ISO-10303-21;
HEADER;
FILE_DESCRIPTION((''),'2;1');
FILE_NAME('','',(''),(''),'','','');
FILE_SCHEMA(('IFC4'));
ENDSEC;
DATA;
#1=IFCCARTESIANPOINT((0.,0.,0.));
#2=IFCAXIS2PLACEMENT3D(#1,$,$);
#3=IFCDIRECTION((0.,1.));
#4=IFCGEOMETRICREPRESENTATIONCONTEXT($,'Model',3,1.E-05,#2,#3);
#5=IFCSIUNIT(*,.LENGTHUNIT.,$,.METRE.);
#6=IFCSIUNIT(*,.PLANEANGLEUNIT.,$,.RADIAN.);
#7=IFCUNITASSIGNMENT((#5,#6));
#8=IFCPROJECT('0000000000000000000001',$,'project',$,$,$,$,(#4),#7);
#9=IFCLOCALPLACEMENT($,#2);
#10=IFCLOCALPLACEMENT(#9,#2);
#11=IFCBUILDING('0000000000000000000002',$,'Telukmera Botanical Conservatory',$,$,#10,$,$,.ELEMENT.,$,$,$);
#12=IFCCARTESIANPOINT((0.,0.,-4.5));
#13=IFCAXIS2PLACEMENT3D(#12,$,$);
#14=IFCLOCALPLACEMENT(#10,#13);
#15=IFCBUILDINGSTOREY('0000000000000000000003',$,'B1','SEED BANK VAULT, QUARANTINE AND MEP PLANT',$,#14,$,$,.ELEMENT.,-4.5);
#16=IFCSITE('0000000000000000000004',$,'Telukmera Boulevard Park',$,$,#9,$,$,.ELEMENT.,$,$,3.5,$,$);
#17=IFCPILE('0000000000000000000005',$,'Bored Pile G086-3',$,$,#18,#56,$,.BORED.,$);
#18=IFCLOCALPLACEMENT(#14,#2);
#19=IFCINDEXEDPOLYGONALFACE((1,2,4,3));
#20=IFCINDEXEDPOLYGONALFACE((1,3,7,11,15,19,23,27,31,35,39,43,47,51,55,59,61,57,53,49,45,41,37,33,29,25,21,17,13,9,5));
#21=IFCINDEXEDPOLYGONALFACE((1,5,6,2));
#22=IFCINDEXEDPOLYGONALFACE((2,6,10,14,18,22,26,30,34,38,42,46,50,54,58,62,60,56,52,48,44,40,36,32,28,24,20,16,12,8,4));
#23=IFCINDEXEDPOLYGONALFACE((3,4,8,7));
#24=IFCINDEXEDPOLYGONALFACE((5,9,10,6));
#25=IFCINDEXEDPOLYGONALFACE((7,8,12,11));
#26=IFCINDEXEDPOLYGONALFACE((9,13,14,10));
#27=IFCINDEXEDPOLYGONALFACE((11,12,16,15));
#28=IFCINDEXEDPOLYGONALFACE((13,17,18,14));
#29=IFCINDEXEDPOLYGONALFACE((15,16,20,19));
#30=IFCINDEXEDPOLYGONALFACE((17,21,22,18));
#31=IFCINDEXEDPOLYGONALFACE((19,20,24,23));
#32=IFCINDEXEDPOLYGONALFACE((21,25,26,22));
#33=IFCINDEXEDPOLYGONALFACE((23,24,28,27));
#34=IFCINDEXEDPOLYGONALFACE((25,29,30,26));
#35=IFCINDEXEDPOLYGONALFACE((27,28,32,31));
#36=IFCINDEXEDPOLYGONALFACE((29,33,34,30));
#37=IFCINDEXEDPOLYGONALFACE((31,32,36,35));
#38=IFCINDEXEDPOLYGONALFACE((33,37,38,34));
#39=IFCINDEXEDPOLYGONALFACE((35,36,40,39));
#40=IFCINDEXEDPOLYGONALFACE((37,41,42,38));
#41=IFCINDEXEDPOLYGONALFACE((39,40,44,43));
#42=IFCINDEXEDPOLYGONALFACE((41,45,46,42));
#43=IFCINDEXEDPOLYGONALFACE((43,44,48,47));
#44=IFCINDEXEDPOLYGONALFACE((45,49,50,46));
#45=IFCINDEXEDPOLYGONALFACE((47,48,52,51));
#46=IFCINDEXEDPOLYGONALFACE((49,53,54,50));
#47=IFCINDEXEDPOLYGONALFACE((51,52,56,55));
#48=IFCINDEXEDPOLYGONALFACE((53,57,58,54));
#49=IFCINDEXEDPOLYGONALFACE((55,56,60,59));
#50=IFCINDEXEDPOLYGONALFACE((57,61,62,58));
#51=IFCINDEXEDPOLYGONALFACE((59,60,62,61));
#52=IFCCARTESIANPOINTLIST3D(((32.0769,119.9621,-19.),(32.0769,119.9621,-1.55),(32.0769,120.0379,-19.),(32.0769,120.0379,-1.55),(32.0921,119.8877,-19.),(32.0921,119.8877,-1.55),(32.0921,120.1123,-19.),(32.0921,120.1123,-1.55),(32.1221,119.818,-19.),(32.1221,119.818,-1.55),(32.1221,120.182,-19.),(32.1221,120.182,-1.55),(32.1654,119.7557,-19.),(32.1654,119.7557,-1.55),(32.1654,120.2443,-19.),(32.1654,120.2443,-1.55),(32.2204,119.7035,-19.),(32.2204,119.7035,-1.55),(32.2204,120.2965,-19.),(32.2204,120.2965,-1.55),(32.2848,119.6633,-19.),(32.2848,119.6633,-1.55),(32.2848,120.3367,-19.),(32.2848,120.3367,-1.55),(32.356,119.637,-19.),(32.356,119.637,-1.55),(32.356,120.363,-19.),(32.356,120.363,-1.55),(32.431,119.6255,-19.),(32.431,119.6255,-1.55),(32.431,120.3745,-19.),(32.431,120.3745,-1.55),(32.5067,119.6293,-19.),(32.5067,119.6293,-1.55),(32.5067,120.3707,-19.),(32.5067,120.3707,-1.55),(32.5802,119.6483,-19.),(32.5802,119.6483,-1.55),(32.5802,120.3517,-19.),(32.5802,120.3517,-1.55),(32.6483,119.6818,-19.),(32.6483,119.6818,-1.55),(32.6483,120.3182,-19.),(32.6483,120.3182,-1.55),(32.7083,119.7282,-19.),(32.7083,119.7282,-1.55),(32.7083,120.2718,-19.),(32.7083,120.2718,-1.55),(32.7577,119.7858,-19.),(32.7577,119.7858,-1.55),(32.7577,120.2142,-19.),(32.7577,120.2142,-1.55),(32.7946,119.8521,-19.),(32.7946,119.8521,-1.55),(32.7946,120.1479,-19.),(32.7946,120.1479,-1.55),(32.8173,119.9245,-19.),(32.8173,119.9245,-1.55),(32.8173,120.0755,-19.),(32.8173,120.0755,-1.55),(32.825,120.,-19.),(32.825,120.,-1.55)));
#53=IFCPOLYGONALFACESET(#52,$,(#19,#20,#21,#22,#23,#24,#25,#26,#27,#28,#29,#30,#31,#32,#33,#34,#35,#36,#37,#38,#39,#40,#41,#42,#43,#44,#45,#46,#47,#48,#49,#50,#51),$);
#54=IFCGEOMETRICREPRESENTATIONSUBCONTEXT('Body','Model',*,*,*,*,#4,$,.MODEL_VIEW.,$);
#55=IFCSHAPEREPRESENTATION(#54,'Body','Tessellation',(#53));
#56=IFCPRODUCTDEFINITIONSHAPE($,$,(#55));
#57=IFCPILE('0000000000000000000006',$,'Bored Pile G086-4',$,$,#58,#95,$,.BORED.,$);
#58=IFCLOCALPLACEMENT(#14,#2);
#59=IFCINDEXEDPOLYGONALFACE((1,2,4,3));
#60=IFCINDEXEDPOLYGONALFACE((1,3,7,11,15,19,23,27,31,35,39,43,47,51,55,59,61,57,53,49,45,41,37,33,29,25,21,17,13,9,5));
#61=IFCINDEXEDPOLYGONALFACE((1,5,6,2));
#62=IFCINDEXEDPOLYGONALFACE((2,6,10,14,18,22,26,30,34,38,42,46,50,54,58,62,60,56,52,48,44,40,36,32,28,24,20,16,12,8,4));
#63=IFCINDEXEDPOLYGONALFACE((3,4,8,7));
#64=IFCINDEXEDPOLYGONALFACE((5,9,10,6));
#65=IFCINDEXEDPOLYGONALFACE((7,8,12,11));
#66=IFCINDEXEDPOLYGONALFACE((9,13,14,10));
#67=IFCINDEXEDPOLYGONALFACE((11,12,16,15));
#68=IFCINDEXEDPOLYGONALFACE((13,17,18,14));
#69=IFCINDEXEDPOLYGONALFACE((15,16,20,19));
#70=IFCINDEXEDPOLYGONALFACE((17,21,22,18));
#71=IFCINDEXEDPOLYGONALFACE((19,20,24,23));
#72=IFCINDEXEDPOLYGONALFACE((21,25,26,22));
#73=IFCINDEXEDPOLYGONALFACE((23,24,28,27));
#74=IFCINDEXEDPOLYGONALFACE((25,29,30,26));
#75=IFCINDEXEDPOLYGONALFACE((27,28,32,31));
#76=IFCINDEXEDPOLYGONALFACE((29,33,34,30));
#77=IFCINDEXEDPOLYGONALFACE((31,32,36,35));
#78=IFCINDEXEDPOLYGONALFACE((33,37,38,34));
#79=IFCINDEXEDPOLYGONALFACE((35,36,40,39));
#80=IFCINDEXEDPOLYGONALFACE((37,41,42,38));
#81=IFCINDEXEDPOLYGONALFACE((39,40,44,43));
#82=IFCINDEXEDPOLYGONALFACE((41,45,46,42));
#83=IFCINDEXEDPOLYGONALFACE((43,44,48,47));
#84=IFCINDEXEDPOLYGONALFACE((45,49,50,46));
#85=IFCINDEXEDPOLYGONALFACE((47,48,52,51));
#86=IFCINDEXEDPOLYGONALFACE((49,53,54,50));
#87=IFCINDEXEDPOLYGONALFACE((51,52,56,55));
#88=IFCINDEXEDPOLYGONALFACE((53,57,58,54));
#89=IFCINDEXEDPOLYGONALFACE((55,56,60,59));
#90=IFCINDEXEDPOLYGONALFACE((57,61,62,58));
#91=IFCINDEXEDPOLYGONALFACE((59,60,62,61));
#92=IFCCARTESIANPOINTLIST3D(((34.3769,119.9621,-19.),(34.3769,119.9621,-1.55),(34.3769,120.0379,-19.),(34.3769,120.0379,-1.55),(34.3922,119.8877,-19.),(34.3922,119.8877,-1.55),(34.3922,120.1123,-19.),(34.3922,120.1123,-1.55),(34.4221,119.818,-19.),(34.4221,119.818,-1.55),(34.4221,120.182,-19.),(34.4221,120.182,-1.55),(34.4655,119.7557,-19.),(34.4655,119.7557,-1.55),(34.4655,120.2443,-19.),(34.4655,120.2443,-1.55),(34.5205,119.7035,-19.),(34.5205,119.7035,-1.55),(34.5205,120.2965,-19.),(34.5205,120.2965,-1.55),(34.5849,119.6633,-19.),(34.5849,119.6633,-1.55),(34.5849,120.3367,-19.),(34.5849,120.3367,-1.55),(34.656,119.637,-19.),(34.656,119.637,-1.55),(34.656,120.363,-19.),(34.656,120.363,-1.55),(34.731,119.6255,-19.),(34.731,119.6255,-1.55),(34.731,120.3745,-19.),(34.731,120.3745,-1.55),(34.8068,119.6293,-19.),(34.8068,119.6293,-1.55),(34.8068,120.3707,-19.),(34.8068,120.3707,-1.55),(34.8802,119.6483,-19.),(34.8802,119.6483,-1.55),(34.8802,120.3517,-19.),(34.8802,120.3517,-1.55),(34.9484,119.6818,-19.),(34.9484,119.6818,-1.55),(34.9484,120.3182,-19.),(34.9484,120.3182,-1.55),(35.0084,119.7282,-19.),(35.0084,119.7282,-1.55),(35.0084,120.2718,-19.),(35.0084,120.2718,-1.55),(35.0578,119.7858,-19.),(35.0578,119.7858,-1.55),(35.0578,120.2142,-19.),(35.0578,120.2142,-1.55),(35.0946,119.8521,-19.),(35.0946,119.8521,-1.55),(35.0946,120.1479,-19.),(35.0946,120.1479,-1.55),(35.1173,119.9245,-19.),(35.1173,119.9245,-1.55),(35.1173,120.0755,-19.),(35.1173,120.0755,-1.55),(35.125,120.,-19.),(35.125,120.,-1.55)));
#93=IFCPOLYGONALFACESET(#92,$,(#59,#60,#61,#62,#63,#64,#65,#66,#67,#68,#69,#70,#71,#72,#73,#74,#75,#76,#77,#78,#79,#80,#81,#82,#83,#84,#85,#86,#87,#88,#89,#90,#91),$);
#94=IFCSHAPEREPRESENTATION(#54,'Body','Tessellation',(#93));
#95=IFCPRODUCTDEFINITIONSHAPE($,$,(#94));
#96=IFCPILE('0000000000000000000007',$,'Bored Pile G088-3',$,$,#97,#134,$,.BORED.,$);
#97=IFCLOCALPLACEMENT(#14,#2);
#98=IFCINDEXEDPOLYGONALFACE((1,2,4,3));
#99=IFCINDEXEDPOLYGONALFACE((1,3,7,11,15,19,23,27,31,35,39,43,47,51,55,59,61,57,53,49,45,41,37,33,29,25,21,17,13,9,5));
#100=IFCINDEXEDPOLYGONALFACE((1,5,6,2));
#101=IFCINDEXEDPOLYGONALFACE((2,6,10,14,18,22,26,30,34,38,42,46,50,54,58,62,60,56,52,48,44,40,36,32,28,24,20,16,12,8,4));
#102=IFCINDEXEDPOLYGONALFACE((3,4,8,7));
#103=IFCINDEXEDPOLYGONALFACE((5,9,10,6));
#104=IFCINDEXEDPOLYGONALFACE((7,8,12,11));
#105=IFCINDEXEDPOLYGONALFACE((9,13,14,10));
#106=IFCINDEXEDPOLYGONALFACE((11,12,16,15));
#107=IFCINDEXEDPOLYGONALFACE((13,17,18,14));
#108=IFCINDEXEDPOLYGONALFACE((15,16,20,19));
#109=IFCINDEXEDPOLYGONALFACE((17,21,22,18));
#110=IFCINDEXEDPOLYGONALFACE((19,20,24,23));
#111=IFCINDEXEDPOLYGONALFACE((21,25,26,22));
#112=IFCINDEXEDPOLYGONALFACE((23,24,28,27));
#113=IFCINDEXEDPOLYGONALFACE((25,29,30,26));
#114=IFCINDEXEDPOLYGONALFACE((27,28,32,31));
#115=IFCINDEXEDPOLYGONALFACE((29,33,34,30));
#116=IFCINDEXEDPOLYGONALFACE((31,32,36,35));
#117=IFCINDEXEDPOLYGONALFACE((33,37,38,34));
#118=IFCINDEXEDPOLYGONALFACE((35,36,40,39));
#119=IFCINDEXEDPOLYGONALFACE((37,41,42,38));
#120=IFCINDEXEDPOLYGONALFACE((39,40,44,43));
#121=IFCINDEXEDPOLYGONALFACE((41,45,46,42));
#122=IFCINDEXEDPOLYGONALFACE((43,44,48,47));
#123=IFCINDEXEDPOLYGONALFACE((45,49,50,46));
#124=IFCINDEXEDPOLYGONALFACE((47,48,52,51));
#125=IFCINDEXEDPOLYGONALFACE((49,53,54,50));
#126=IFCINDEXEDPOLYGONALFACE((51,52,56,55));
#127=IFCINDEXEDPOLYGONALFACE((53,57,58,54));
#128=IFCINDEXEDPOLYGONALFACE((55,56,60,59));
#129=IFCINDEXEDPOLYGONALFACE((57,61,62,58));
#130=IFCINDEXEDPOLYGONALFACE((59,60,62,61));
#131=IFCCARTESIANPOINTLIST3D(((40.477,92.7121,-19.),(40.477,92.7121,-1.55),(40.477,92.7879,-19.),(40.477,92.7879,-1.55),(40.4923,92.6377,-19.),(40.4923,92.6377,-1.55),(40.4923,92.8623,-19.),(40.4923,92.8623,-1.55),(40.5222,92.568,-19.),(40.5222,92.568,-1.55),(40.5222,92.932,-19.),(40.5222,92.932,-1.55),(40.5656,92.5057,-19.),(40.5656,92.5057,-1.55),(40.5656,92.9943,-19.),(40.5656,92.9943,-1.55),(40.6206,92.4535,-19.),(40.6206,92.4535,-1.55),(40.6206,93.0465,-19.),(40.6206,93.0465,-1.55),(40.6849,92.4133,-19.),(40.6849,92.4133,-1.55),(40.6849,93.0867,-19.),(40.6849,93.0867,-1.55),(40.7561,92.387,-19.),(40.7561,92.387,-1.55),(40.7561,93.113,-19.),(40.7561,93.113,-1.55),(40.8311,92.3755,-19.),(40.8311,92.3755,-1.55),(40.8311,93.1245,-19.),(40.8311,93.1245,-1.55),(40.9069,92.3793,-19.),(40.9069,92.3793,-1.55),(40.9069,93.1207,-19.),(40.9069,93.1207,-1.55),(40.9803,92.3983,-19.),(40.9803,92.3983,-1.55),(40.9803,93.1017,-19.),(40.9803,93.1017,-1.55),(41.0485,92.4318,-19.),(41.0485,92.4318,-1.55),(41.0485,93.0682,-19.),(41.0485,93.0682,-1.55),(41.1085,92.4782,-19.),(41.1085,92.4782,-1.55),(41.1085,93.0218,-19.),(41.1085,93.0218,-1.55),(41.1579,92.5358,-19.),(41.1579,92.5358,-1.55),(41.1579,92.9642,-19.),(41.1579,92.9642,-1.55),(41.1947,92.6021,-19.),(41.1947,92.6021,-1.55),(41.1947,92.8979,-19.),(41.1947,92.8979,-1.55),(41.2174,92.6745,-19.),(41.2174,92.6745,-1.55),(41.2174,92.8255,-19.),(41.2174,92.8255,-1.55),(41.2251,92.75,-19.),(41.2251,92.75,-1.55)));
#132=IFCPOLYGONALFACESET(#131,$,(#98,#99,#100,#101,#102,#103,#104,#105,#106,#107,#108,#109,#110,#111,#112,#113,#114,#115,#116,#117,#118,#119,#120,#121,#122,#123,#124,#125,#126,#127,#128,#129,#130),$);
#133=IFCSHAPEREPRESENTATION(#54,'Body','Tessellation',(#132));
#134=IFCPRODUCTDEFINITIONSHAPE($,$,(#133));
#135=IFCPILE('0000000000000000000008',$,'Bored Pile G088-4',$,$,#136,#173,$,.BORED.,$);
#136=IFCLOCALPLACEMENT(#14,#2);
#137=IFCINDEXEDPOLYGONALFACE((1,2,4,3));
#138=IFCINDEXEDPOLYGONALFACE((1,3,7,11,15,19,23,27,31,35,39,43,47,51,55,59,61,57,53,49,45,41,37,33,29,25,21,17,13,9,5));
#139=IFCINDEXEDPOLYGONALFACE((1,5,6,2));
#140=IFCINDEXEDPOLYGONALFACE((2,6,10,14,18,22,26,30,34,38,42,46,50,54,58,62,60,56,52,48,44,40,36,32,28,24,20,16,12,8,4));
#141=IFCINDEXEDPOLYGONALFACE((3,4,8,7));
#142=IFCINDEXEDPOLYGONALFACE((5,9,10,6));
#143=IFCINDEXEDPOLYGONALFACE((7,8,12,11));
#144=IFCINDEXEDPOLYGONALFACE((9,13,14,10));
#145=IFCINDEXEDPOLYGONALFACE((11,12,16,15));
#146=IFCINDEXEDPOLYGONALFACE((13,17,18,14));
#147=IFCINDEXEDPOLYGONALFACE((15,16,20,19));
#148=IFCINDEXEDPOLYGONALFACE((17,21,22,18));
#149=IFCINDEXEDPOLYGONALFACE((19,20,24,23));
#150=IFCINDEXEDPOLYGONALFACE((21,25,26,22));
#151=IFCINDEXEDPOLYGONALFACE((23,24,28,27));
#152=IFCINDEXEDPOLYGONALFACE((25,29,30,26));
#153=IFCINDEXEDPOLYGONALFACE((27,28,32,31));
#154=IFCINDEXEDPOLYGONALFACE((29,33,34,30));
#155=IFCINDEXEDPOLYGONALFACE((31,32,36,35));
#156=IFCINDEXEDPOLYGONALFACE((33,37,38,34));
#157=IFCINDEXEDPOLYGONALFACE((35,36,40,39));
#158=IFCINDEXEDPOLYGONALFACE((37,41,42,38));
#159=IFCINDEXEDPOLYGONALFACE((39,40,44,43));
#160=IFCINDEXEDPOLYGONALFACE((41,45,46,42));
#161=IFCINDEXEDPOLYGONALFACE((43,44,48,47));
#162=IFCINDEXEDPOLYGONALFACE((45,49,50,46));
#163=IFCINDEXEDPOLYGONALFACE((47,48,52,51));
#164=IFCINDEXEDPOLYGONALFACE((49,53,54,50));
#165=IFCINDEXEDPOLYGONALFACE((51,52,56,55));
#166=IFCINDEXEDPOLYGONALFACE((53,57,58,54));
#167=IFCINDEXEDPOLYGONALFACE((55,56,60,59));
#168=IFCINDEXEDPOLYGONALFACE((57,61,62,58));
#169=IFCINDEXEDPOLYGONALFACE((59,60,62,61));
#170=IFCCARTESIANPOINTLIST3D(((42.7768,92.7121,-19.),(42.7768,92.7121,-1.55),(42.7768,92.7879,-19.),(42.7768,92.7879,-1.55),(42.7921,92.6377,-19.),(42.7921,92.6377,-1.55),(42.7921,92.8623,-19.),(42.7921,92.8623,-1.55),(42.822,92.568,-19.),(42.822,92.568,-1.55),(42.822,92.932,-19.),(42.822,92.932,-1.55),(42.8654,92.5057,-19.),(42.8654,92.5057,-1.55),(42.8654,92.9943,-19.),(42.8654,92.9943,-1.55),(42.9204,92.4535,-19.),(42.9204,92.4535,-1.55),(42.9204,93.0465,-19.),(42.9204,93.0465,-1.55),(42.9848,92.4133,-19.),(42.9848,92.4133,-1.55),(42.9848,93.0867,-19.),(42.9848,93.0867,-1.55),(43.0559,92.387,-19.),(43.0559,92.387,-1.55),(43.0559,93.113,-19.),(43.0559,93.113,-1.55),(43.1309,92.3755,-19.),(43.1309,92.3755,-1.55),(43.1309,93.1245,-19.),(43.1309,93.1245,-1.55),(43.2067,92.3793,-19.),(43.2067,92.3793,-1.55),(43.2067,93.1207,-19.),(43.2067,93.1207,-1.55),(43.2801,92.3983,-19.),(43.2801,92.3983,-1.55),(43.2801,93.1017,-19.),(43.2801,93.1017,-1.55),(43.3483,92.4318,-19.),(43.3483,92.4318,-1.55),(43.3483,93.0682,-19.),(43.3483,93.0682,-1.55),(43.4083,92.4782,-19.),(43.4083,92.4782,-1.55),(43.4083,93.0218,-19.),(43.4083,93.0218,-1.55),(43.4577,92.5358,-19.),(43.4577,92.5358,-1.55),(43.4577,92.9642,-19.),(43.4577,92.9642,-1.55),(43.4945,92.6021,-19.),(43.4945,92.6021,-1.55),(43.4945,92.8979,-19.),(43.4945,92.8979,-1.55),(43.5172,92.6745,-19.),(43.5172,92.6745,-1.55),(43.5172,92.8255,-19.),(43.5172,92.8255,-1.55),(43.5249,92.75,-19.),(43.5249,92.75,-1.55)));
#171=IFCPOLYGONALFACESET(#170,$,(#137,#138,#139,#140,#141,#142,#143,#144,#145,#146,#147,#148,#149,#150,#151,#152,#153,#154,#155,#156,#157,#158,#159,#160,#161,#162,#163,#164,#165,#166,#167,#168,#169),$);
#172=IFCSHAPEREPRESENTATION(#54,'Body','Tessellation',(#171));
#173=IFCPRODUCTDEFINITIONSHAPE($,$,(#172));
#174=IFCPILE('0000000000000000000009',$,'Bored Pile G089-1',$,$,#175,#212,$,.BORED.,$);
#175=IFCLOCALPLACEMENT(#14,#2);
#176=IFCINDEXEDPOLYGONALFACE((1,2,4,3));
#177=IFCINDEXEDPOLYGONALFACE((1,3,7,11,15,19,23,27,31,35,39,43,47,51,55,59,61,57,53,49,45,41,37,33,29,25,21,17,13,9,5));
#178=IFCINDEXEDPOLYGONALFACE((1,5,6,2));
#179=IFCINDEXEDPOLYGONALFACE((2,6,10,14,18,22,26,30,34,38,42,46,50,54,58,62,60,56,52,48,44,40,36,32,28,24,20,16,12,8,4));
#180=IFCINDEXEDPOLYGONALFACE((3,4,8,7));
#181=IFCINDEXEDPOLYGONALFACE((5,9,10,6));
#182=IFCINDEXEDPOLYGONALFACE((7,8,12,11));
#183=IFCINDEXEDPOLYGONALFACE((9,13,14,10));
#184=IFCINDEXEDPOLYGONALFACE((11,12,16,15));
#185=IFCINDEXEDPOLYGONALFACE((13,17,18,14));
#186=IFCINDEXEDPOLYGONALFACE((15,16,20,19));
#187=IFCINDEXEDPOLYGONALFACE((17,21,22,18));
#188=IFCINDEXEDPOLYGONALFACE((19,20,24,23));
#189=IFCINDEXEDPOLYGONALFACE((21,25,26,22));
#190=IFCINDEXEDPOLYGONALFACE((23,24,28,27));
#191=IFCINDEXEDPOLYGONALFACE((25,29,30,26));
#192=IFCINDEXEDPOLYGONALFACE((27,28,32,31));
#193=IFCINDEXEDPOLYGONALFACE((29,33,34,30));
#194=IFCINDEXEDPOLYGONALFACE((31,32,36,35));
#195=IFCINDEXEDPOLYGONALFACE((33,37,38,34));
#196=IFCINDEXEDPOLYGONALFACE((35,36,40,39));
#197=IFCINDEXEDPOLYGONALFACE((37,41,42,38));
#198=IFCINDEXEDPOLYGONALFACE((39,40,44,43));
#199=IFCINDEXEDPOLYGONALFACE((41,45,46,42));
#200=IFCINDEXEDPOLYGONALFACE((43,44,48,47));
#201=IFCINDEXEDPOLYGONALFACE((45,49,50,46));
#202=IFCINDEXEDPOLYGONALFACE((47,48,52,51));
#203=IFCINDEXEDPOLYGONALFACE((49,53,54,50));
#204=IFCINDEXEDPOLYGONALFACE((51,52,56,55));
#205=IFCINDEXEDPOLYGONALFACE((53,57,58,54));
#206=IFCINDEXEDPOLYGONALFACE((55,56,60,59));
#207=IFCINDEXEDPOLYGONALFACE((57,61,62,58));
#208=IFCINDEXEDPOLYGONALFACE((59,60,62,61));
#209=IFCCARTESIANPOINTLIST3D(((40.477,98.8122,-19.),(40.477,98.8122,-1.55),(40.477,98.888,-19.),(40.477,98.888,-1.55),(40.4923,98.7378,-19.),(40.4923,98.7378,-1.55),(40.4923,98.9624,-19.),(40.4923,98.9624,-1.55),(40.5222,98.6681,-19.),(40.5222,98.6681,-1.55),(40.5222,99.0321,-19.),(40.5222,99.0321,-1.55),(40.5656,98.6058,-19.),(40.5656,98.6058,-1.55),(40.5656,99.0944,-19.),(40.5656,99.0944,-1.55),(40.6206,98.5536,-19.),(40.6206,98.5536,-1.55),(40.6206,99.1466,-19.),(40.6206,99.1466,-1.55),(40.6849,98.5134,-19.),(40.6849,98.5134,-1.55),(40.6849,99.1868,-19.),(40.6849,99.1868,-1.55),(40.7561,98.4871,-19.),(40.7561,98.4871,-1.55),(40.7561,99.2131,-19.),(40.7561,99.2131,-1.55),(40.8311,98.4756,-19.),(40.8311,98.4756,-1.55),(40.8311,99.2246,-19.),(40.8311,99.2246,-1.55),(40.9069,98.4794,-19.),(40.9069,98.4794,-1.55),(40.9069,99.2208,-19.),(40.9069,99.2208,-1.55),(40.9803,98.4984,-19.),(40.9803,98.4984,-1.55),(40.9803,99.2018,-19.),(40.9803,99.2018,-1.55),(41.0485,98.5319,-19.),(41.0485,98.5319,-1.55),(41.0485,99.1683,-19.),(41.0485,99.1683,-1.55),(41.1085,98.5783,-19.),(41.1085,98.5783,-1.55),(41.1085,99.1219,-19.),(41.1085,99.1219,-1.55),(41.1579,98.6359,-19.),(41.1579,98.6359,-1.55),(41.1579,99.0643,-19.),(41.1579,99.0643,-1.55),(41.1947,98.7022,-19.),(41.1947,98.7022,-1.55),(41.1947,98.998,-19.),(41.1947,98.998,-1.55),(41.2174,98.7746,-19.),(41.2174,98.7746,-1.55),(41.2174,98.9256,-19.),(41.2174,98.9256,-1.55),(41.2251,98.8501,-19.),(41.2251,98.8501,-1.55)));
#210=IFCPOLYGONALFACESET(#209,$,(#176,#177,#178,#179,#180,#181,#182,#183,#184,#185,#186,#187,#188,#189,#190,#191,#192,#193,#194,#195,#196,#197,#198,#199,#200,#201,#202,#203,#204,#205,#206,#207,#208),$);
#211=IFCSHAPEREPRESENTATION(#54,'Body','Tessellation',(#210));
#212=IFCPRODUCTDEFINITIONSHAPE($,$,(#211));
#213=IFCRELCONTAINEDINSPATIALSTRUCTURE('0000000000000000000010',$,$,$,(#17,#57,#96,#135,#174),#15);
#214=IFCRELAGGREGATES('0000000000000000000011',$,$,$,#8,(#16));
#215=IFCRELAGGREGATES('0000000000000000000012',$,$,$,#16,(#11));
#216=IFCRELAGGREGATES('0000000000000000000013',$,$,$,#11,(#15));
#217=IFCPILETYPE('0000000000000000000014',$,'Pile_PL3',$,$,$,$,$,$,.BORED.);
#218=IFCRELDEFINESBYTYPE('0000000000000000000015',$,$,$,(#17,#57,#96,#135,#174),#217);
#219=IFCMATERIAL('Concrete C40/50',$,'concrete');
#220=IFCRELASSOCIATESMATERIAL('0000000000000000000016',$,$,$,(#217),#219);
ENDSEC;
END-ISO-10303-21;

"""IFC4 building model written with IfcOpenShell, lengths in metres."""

from ifc_helpers import new_model, si_unit, direction, frame, origin, origin_2d, place, context, subcontext, project, spatial, circle, extrude, material, material_profile, profile_set, type_object, element, save


model = new_model("IFC4")

# Units and contexts
model_context = context("Model", 3, precision=1e-05, world=origin(), true_north=direction((0.0, 1.0)))
body_context = subcontext(model_context, "Body", "Model", "MODEL_VIEW")
ifc_project = project(units=[si_unit("LENGTHUNIT", "METRE"), si_unit("PLANEANGLEUNIT", "RADIAN")], contexts=[model_context])

# Site, building, storey
site_placement = place(None, origin())
site = spatial("IfcSite", under=ifc_project, at=site_placement, Name="Telukmera Boulevard Park", CompositionType="ELEMENT", RefElevation=3.5)
building_placement = place(site_placement, origin())
building = spatial("IfcBuilding", under=site, at=building_placement, Name="Telukmera Botanical Conservatory", CompositionType="ELEMENT")
storey_placement = place(building_placement, frame((0.0, 0.0, -4.5)))
storey = spatial("IfcBuildingStorey", under=building, at=storey_placement, Name="B1", Description="SEED BANK VAULT, QUARANTINE AND MEP PLANT", CompositionType="ELEMENT", Elevation=-4.5)

# Shared definitions
ifc_material_1 = material(Name="Concrete C40/50", Category="concrete")

# Piles
ifc_material_profile_1 = material_profile(ifc_material_1, circle(Radius=0.375, at=origin_2d()), Name="PILE D750")
ifc_profile_set_1 = profile_set([ifc_material_profile_1], Name="Concrete C40/50")
pile_type = type_object("IfcPileType", Name="Pile_PL3", PredefinedType="BORED", material=ifc_profile_set_1)
for number, where, z_axis, x_axis, name in (
    (1, (32.45, 120.0, -1.55), (0.0, 0.0, -1.0), (1.0, 0.0, 0.0), "Bored Pile G086-3"),
    (2, (34.75, 120.0, -1.55), (0.0, 0.0, -1.0), (1.0, 0.0, 0.0), "Bored Pile G086-4"),
    (3, (40.8501, 92.75, -1.55), (0.0, 0.0, -1.0), (1.0, 0.0, 0.0), "Bored Pile G088-3"),
    (4, (43.1499, 92.75, -1.55), (0.0, 0.0, -1.0), (1.0, 0.0, 0.0), "Bored Pile G088-4"),
    (5, (40.8501, 98.8501, -1.55), (0.0, 0.0, -1.0), (1.0, 0.0, 0.0), "Bored Pile G089-1"),
):
    element("IfcPile", number, at=place(storey_placement, frame(where, z_axis=z_axis, x_axis=x_axis)), inside=storey, type_object=pile_type, Name=name, PredefinedType="BORED", context=body_context, shape_type="SweptSolid", body=[
        extrude(circle(Radius=0.375, at=origin_2d()), origin(), (0.0, 0.0, 1.0), 17.45),
    ])

save(model, "model.ifc")
